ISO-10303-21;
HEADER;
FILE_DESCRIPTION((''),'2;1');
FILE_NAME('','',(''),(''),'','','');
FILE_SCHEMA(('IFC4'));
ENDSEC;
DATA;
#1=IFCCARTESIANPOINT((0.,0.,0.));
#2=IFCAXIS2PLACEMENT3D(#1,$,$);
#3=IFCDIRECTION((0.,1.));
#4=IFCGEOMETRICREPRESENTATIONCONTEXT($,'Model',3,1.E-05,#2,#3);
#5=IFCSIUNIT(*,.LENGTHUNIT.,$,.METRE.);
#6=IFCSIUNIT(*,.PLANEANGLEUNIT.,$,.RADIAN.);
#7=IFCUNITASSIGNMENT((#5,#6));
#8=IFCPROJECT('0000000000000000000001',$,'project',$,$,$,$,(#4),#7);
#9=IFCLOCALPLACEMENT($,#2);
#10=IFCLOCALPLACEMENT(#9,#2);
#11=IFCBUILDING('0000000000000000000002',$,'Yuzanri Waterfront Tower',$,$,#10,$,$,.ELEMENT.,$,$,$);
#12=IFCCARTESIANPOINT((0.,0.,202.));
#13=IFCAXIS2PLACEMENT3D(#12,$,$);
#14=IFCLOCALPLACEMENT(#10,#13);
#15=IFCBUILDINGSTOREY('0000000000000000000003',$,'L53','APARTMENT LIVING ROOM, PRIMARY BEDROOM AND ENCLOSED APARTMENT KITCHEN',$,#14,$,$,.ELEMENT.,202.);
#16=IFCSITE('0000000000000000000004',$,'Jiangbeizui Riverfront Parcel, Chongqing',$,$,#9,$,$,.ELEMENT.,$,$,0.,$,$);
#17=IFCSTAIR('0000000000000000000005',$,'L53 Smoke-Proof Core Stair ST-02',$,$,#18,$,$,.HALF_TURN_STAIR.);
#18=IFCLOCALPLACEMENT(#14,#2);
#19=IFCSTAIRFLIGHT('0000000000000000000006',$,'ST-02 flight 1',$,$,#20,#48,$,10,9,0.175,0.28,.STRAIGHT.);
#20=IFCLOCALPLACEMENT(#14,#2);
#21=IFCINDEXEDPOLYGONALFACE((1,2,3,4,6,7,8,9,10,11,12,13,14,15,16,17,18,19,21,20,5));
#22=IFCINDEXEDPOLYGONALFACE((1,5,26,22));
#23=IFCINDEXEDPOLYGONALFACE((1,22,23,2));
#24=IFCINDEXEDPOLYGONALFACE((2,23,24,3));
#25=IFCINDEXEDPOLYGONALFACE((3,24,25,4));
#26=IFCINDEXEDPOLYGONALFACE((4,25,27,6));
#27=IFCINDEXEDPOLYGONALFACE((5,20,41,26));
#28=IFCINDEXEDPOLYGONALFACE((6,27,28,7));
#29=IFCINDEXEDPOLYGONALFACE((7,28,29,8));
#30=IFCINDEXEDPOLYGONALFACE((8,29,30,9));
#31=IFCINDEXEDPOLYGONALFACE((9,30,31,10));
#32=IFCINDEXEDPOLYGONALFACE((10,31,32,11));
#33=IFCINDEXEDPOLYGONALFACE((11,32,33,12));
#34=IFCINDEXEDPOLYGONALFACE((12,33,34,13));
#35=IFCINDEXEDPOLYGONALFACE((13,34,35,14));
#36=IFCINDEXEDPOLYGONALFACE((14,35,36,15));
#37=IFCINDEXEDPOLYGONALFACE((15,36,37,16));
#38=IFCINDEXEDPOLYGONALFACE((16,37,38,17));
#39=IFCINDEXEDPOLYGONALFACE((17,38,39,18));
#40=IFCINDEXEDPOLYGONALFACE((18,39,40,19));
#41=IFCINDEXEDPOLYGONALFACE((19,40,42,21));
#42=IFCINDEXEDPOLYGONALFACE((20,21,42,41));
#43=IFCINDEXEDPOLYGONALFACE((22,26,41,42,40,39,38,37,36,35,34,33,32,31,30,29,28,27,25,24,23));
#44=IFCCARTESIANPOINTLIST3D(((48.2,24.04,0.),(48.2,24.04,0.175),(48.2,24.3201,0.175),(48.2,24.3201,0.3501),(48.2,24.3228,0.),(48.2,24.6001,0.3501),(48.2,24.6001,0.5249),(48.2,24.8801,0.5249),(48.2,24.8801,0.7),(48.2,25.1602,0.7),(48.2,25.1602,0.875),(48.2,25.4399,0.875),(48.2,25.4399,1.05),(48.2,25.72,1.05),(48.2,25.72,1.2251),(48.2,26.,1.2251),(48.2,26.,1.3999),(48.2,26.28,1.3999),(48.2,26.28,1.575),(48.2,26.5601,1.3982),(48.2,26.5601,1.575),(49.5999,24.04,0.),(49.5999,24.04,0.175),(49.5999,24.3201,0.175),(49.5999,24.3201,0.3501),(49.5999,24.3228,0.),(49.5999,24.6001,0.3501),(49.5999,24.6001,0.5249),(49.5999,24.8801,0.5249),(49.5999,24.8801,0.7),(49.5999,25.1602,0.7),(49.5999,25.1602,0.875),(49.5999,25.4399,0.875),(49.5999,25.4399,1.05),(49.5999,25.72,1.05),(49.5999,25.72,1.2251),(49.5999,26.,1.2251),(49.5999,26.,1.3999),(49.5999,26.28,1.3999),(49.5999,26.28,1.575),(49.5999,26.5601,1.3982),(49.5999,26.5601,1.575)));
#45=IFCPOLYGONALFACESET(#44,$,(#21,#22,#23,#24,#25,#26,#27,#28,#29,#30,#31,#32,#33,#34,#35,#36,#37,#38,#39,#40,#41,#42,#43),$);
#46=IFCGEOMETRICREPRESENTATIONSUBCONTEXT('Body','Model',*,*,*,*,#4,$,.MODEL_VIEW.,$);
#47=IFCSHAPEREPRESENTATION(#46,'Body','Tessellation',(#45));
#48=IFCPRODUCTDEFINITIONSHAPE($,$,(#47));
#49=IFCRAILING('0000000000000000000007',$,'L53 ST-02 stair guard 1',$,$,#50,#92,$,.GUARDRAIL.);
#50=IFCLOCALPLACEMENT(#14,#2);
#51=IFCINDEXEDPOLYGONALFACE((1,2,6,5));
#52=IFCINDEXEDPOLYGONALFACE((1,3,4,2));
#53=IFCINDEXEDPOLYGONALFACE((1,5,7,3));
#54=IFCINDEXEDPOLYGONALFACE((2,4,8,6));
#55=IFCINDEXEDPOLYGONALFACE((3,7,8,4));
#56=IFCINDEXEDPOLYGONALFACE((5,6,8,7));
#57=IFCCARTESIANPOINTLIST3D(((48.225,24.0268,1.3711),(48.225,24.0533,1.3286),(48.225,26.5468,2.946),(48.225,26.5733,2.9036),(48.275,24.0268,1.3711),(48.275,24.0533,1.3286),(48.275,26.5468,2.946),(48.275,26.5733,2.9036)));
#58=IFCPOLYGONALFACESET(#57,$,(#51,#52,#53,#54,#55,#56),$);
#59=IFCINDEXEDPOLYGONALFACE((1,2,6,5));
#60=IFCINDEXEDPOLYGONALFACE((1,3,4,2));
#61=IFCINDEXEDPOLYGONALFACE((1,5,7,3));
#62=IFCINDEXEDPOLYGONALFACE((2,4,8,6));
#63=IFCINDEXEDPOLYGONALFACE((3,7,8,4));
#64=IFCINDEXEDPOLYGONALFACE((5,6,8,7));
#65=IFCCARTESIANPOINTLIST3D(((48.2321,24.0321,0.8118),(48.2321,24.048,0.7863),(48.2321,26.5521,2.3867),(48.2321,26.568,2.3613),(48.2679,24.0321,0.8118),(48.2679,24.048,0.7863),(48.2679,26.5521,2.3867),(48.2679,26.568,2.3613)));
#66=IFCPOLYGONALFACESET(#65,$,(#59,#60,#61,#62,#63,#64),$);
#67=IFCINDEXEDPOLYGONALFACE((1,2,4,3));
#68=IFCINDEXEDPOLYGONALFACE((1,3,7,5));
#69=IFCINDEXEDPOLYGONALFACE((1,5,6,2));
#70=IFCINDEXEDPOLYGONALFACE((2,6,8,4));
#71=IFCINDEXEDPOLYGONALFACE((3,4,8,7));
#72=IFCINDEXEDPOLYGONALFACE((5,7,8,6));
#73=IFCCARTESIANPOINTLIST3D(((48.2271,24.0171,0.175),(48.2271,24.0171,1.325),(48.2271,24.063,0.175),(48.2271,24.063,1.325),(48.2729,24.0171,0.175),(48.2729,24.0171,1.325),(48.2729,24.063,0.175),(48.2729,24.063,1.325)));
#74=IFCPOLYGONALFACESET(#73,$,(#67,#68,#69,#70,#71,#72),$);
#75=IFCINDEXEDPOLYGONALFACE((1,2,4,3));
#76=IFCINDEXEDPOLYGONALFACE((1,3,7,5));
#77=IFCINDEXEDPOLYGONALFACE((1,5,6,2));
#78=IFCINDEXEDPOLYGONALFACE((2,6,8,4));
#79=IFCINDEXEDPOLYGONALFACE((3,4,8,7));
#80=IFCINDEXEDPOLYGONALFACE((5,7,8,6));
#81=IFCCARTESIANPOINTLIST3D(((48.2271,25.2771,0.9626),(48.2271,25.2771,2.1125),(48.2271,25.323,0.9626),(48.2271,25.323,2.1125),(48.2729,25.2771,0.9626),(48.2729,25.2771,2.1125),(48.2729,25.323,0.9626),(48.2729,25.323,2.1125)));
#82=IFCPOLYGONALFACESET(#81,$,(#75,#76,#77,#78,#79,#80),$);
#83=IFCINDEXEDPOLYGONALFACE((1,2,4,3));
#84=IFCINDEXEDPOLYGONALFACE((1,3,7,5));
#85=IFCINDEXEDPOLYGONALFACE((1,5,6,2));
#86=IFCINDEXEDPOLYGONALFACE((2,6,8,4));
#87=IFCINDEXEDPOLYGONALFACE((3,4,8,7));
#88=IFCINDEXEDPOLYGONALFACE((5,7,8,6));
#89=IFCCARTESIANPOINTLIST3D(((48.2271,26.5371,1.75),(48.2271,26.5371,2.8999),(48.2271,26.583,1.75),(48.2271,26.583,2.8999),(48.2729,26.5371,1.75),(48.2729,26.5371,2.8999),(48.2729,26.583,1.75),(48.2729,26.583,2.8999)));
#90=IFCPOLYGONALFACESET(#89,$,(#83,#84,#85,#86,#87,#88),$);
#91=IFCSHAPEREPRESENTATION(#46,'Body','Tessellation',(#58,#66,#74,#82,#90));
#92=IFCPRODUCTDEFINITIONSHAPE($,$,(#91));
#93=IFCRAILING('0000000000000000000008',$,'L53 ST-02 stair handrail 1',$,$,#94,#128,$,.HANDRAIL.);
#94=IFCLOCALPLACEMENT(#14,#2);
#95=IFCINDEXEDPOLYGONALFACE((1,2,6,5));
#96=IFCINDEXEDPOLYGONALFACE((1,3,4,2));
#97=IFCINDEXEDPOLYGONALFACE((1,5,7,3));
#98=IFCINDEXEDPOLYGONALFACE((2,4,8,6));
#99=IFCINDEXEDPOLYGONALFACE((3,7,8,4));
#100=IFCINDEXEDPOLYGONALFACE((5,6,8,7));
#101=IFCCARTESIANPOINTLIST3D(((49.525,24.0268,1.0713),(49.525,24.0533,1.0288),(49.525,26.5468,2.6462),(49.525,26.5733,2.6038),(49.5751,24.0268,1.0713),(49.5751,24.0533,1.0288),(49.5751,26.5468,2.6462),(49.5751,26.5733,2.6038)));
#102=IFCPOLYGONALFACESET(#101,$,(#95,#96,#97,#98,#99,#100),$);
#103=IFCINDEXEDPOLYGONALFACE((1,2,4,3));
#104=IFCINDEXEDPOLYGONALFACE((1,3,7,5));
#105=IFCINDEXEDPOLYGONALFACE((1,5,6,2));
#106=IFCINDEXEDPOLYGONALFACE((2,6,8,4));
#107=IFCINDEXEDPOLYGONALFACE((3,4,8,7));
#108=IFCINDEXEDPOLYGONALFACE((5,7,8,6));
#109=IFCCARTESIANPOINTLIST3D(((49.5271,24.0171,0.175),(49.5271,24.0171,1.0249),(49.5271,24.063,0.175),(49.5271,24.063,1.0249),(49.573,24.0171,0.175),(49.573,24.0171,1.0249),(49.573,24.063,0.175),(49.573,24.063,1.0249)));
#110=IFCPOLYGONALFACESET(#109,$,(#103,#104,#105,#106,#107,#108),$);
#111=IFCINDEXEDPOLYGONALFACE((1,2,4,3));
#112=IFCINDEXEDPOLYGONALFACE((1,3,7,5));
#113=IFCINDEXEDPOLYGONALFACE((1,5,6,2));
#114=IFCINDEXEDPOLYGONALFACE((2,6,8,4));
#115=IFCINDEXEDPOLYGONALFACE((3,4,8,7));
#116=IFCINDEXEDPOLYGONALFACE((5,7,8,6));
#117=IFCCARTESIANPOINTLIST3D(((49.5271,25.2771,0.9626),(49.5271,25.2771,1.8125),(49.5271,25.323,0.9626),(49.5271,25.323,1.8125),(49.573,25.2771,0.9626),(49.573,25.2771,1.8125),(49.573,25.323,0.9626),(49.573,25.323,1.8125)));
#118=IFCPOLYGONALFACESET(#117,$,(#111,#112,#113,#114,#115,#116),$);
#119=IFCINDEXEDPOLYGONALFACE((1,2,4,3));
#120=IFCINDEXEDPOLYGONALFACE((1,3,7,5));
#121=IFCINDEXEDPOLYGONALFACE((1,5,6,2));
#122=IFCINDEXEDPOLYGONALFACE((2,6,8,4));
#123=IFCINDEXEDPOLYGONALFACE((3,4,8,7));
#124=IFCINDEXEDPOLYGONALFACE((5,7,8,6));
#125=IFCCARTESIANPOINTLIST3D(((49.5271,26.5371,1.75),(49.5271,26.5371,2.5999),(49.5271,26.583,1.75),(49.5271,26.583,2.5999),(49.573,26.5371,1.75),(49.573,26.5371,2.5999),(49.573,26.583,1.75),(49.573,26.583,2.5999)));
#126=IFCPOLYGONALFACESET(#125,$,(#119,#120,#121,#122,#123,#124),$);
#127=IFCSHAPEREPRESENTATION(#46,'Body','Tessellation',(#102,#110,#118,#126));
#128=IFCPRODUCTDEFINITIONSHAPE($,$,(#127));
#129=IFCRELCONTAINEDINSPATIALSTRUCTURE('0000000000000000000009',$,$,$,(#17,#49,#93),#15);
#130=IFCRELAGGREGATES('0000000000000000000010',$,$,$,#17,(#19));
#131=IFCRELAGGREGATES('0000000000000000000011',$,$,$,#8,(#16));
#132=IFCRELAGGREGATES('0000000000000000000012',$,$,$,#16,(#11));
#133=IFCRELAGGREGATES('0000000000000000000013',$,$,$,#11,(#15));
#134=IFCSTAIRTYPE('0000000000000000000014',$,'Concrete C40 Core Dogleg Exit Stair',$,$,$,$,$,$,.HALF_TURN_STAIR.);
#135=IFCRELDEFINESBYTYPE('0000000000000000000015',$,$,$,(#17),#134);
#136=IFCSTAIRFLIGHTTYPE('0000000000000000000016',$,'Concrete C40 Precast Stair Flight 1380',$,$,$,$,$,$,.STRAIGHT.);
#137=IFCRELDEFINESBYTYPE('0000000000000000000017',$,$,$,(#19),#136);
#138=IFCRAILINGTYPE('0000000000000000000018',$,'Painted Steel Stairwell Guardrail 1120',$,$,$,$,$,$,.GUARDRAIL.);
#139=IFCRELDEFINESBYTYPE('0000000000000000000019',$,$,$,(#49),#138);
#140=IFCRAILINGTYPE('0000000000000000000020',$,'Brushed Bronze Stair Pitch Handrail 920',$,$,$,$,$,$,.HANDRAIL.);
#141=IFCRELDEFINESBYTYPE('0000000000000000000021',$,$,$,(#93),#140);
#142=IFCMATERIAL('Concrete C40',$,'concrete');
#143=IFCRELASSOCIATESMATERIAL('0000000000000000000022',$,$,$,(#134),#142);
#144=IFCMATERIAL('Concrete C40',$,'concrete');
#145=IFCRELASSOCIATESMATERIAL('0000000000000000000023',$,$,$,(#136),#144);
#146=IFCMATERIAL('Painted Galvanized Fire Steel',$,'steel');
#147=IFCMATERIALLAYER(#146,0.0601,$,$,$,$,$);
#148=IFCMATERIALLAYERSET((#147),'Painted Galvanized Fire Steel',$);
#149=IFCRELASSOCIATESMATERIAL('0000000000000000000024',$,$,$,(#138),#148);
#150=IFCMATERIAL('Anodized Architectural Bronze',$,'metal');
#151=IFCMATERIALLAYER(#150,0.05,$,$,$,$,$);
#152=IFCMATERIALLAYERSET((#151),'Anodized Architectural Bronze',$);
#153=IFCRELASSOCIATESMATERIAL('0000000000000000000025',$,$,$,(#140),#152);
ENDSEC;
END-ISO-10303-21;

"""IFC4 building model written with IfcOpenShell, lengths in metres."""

from ifc_helpers import new_model, si_unit, direction, frame, origin, origin_2d, place, context, subcontext, project, spatial, polyline, rectangle, outline, extrude, source, transform, mapped, material, layer, layer_set, type_object, element, aggregate, save


model = new_model("IFC4")

# Units and contexts
model_context = context("Model", 3, precision=1e-05, world=origin(), true_north=direction((0.0, 1.0)))
body_context = subcontext(model_context, "Body", "Model", "MODEL_VIEW")
ifc_project = project(units=[si_unit("LENGTHUNIT", "METRE"), si_unit("PLANEANGLEUNIT", "RADIAN")], contexts=[model_context])

# Site, building, storey
site_placement = place(None, origin())
site = spatial("IfcSite", under=ifc_project, at=site_placement, Name="Jiangbeizui Riverfront Parcel, Chongqing", CompositionType="ELEMENT", RefElevation=0.0)
building_placement = place(site_placement, origin())
building = spatial("IfcBuilding", under=site, at=building_placement, Name="Yuzanri Waterfront Tower", CompositionType="ELEMENT")
storey_placement = place(building_placement, frame((0.0, 0.0, 202.0)))
storey = spatial("IfcBuildingStorey", under=building, at=storey_placement, Name="L53", Description="APARTMENT LIVING ROOM, PRIMARY BEDROOM AND ENCLOSED APARTMENT KITCHEN", CompositionType="ELEMENT", Elevation=202.0)

# Stair, stair flight
ifc_material_1 = material(Name="Concrete C40", Category="concrete")
stair_type = type_object("IfcStairType", Name="Concrete C40 Core Dogleg Exit Stair", PredefinedType="HALF_TURN_STAIR", material=ifc_material_1)
stair_placement = place(storey_placement, origin())
stair = element("IfcStair", 1, at=stair_placement, inside=storey, type_object=stair_type, Name="L53 Smoke-Proof Core Stair ST-02", PredefinedType="HALF_TURN_STAIR")
ifc_material_2 = material(Name="Concrete C40", Category="concrete")
stair_flight_type = type_object("IfcStairFlightType", Name="Concrete C40 Precast Stair Flight 1380", PredefinedType="STRAIGHT", material=ifc_material_2)
shared_shape_1 = source(origin(), body_context, "Body", "SweptSolid", [
    extrude(outline(polyline([(0.0, 0.0), (0.0, 0.175), (0.28, 0.175), (0.28, 0.3501), (0.5601, 0.3501), (0.5601, 0.5249), (0.8401, 0.5249), (0.8401, 0.7), (1.1201, 0.7), (1.1201, 0.875), (1.3999, 0.875), (1.3999, 1.05), (1.6799, 1.05), (1.6799, 1.2251), (1.96, 1.2251), (1.96, 1.3999), (2.24, 1.3999), (2.24, 1.575), (2.52, 1.575), (2.52, 1.75), (2.52, 1.3982), (0.2827, 0.0), (0.0, 0.0)])), frame((0.0, 0.7, 0.0), z_axis=(0.0, -1.0, 0.0), x_axis=(1.0, 0.0, 0.0)), (0.0, 0.0, 1.0), 1.3999),
])
stair_flight_placement = place(storey_placement, frame((48.8999, 24.04, 0.0), z_axis=(0.0, 0.0, 1.0), x_axis=(0.0, 1.0, 0.0)))
stair_flight = element("IfcStairFlight", 2, at=stair_flight_placement, type_object=stair_flight_type, Name="ST-02 flight 1", NumberOfRisers=10, NumberOfTreads=9, PredefinedType="STRAIGHT", RiserHeight=0.175, TreadLength=0.28, context=body_context, shape_type="MappedRepresentation", body=[
    mapped(shared_shape_1, transform((0.0, 0.0, 0.0), scale=1.0)),
])
aggregate(stair, [stair_flight])

# Railings
ifc_material_3 = material(Name="Painted Galvanized Fire Steel", Category="steel")
ifc_layer_1 = layer(ifc_material_3, 0.0601)
ifc_layer_set_1 = layer_set([ifc_layer_1], Name="Painted Galvanized Fire Steel")
railing_type_1 = type_object("IfcRailingType", Name="Painted Steel Stairwell Guardrail 1120", PredefinedType="GUARDRAIL", material=ifc_layer_set_1)
shared_shape_2 = source(origin(), body_context, "Body", "SweptSolid", [
    extrude(rectangle(XDim=0.05, YDim=0.05, at=origin_2d()), frame((0.0, 0.0, 1.1748), z_axis=(0.0, 0.848008, 0.529984), x_axis=(-1.0, 0.0, 0.0)), (0.0, 0.0, 1.0), 2.9717),
    extrude(rectangle(XDim=0.0359, YDim=0.03, at=origin_2d()), frame((0.0, 0.0, 0.624), z_axis=(0.0, 0.848008, 0.529984), x_axis=(-1.0, 0.0, 0.0)), (0.0, 0.0, 1.0), 2.9717),
    extrude(rectangle(XDim=0.0459, YDim=0.0459, at=origin_2d()), origin(), (0.0, 0.0, 1.0), 1.1499),
    extrude(rectangle(XDim=0.0459, YDim=0.0459, at=origin_2d()), frame((0.0, 1.26, 0.7876)), (0.0, 0.0, 1.0), 1.1499),
    extrude(rectangle(XDim=0.0459, YDim=0.0459, at=origin_2d()), frame((0.0, 2.52, 1.575)), (0.0, 0.0, 1.0), 1.1499),
])
railing_1_placement = place(storey_placement, frame((48.25, 24.04, 0.175)))
element("IfcRailing", 3, at=railing_1_placement, inside=storey, type_object=railing_type_1, Name="L53 ST-02 stair guard 1", PredefinedType="GUARDRAIL", context=body_context, shape_type="MappedRepresentation", body=[
    mapped(shared_shape_2, transform((0.0, 0.0, 0.0), scale=1.0)),
])
ifc_material_4 = material(Name="Anodized Architectural Bronze", Category="metal")
ifc_layer_2 = layer(ifc_material_4, 0.05)
ifc_layer_set_2 = layer_set([ifc_layer_2], Name="Anodized Architectural Bronze")
railing_type_2 = type_object("IfcRailingType", Name="Brushed Bronze Stair Pitch Handrail 920", PredefinedType="HANDRAIL", material=ifc_layer_set_2)
shared_shape_3 = source(origin(), body_context, "Body", "SweptSolid", [
    extrude(rectangle(XDim=0.05, YDim=0.05, at=origin_2d()), frame((0.0, 0.0, 0.875), z_axis=(0.0, 0.848008, 0.529984), x_axis=(-1.0, 0.0, 0.0)), (0.0, 0.0, 1.0), 2.9717),
    extrude(rectangle(XDim=0.0459, YDim=0.0459, at=origin_2d()), origin(), (0.0, 0.0, 1.0), 0.8499),
    extrude(rectangle(XDim=0.0459, YDim=0.0459, at=origin_2d()), frame((0.0, 1.26, 0.7876)), (0.0, 0.0, 1.0), 0.8499),
    extrude(rectangle(XDim=0.0459, YDim=0.0459, at=origin_2d()), frame((0.0, 2.52, 1.575)), (0.0, 0.0, 1.0), 0.8499),
])
railing_2_placement = place(storey_placement, frame((49.55, 24.04, 0.175)))
element("IfcRailing", 4, at=railing_2_placement, inside=storey, type_object=railing_type_2, Name="L53 ST-02 stair handrail 1", PredefinedType="HANDRAIL", context=body_context, shape_type="MappedRepresentation", body=[
    mapped(shared_shape_3, transform((0.0, 0.0, 0.0), scale=1.0)),
])

save(model, "model.ifc")
